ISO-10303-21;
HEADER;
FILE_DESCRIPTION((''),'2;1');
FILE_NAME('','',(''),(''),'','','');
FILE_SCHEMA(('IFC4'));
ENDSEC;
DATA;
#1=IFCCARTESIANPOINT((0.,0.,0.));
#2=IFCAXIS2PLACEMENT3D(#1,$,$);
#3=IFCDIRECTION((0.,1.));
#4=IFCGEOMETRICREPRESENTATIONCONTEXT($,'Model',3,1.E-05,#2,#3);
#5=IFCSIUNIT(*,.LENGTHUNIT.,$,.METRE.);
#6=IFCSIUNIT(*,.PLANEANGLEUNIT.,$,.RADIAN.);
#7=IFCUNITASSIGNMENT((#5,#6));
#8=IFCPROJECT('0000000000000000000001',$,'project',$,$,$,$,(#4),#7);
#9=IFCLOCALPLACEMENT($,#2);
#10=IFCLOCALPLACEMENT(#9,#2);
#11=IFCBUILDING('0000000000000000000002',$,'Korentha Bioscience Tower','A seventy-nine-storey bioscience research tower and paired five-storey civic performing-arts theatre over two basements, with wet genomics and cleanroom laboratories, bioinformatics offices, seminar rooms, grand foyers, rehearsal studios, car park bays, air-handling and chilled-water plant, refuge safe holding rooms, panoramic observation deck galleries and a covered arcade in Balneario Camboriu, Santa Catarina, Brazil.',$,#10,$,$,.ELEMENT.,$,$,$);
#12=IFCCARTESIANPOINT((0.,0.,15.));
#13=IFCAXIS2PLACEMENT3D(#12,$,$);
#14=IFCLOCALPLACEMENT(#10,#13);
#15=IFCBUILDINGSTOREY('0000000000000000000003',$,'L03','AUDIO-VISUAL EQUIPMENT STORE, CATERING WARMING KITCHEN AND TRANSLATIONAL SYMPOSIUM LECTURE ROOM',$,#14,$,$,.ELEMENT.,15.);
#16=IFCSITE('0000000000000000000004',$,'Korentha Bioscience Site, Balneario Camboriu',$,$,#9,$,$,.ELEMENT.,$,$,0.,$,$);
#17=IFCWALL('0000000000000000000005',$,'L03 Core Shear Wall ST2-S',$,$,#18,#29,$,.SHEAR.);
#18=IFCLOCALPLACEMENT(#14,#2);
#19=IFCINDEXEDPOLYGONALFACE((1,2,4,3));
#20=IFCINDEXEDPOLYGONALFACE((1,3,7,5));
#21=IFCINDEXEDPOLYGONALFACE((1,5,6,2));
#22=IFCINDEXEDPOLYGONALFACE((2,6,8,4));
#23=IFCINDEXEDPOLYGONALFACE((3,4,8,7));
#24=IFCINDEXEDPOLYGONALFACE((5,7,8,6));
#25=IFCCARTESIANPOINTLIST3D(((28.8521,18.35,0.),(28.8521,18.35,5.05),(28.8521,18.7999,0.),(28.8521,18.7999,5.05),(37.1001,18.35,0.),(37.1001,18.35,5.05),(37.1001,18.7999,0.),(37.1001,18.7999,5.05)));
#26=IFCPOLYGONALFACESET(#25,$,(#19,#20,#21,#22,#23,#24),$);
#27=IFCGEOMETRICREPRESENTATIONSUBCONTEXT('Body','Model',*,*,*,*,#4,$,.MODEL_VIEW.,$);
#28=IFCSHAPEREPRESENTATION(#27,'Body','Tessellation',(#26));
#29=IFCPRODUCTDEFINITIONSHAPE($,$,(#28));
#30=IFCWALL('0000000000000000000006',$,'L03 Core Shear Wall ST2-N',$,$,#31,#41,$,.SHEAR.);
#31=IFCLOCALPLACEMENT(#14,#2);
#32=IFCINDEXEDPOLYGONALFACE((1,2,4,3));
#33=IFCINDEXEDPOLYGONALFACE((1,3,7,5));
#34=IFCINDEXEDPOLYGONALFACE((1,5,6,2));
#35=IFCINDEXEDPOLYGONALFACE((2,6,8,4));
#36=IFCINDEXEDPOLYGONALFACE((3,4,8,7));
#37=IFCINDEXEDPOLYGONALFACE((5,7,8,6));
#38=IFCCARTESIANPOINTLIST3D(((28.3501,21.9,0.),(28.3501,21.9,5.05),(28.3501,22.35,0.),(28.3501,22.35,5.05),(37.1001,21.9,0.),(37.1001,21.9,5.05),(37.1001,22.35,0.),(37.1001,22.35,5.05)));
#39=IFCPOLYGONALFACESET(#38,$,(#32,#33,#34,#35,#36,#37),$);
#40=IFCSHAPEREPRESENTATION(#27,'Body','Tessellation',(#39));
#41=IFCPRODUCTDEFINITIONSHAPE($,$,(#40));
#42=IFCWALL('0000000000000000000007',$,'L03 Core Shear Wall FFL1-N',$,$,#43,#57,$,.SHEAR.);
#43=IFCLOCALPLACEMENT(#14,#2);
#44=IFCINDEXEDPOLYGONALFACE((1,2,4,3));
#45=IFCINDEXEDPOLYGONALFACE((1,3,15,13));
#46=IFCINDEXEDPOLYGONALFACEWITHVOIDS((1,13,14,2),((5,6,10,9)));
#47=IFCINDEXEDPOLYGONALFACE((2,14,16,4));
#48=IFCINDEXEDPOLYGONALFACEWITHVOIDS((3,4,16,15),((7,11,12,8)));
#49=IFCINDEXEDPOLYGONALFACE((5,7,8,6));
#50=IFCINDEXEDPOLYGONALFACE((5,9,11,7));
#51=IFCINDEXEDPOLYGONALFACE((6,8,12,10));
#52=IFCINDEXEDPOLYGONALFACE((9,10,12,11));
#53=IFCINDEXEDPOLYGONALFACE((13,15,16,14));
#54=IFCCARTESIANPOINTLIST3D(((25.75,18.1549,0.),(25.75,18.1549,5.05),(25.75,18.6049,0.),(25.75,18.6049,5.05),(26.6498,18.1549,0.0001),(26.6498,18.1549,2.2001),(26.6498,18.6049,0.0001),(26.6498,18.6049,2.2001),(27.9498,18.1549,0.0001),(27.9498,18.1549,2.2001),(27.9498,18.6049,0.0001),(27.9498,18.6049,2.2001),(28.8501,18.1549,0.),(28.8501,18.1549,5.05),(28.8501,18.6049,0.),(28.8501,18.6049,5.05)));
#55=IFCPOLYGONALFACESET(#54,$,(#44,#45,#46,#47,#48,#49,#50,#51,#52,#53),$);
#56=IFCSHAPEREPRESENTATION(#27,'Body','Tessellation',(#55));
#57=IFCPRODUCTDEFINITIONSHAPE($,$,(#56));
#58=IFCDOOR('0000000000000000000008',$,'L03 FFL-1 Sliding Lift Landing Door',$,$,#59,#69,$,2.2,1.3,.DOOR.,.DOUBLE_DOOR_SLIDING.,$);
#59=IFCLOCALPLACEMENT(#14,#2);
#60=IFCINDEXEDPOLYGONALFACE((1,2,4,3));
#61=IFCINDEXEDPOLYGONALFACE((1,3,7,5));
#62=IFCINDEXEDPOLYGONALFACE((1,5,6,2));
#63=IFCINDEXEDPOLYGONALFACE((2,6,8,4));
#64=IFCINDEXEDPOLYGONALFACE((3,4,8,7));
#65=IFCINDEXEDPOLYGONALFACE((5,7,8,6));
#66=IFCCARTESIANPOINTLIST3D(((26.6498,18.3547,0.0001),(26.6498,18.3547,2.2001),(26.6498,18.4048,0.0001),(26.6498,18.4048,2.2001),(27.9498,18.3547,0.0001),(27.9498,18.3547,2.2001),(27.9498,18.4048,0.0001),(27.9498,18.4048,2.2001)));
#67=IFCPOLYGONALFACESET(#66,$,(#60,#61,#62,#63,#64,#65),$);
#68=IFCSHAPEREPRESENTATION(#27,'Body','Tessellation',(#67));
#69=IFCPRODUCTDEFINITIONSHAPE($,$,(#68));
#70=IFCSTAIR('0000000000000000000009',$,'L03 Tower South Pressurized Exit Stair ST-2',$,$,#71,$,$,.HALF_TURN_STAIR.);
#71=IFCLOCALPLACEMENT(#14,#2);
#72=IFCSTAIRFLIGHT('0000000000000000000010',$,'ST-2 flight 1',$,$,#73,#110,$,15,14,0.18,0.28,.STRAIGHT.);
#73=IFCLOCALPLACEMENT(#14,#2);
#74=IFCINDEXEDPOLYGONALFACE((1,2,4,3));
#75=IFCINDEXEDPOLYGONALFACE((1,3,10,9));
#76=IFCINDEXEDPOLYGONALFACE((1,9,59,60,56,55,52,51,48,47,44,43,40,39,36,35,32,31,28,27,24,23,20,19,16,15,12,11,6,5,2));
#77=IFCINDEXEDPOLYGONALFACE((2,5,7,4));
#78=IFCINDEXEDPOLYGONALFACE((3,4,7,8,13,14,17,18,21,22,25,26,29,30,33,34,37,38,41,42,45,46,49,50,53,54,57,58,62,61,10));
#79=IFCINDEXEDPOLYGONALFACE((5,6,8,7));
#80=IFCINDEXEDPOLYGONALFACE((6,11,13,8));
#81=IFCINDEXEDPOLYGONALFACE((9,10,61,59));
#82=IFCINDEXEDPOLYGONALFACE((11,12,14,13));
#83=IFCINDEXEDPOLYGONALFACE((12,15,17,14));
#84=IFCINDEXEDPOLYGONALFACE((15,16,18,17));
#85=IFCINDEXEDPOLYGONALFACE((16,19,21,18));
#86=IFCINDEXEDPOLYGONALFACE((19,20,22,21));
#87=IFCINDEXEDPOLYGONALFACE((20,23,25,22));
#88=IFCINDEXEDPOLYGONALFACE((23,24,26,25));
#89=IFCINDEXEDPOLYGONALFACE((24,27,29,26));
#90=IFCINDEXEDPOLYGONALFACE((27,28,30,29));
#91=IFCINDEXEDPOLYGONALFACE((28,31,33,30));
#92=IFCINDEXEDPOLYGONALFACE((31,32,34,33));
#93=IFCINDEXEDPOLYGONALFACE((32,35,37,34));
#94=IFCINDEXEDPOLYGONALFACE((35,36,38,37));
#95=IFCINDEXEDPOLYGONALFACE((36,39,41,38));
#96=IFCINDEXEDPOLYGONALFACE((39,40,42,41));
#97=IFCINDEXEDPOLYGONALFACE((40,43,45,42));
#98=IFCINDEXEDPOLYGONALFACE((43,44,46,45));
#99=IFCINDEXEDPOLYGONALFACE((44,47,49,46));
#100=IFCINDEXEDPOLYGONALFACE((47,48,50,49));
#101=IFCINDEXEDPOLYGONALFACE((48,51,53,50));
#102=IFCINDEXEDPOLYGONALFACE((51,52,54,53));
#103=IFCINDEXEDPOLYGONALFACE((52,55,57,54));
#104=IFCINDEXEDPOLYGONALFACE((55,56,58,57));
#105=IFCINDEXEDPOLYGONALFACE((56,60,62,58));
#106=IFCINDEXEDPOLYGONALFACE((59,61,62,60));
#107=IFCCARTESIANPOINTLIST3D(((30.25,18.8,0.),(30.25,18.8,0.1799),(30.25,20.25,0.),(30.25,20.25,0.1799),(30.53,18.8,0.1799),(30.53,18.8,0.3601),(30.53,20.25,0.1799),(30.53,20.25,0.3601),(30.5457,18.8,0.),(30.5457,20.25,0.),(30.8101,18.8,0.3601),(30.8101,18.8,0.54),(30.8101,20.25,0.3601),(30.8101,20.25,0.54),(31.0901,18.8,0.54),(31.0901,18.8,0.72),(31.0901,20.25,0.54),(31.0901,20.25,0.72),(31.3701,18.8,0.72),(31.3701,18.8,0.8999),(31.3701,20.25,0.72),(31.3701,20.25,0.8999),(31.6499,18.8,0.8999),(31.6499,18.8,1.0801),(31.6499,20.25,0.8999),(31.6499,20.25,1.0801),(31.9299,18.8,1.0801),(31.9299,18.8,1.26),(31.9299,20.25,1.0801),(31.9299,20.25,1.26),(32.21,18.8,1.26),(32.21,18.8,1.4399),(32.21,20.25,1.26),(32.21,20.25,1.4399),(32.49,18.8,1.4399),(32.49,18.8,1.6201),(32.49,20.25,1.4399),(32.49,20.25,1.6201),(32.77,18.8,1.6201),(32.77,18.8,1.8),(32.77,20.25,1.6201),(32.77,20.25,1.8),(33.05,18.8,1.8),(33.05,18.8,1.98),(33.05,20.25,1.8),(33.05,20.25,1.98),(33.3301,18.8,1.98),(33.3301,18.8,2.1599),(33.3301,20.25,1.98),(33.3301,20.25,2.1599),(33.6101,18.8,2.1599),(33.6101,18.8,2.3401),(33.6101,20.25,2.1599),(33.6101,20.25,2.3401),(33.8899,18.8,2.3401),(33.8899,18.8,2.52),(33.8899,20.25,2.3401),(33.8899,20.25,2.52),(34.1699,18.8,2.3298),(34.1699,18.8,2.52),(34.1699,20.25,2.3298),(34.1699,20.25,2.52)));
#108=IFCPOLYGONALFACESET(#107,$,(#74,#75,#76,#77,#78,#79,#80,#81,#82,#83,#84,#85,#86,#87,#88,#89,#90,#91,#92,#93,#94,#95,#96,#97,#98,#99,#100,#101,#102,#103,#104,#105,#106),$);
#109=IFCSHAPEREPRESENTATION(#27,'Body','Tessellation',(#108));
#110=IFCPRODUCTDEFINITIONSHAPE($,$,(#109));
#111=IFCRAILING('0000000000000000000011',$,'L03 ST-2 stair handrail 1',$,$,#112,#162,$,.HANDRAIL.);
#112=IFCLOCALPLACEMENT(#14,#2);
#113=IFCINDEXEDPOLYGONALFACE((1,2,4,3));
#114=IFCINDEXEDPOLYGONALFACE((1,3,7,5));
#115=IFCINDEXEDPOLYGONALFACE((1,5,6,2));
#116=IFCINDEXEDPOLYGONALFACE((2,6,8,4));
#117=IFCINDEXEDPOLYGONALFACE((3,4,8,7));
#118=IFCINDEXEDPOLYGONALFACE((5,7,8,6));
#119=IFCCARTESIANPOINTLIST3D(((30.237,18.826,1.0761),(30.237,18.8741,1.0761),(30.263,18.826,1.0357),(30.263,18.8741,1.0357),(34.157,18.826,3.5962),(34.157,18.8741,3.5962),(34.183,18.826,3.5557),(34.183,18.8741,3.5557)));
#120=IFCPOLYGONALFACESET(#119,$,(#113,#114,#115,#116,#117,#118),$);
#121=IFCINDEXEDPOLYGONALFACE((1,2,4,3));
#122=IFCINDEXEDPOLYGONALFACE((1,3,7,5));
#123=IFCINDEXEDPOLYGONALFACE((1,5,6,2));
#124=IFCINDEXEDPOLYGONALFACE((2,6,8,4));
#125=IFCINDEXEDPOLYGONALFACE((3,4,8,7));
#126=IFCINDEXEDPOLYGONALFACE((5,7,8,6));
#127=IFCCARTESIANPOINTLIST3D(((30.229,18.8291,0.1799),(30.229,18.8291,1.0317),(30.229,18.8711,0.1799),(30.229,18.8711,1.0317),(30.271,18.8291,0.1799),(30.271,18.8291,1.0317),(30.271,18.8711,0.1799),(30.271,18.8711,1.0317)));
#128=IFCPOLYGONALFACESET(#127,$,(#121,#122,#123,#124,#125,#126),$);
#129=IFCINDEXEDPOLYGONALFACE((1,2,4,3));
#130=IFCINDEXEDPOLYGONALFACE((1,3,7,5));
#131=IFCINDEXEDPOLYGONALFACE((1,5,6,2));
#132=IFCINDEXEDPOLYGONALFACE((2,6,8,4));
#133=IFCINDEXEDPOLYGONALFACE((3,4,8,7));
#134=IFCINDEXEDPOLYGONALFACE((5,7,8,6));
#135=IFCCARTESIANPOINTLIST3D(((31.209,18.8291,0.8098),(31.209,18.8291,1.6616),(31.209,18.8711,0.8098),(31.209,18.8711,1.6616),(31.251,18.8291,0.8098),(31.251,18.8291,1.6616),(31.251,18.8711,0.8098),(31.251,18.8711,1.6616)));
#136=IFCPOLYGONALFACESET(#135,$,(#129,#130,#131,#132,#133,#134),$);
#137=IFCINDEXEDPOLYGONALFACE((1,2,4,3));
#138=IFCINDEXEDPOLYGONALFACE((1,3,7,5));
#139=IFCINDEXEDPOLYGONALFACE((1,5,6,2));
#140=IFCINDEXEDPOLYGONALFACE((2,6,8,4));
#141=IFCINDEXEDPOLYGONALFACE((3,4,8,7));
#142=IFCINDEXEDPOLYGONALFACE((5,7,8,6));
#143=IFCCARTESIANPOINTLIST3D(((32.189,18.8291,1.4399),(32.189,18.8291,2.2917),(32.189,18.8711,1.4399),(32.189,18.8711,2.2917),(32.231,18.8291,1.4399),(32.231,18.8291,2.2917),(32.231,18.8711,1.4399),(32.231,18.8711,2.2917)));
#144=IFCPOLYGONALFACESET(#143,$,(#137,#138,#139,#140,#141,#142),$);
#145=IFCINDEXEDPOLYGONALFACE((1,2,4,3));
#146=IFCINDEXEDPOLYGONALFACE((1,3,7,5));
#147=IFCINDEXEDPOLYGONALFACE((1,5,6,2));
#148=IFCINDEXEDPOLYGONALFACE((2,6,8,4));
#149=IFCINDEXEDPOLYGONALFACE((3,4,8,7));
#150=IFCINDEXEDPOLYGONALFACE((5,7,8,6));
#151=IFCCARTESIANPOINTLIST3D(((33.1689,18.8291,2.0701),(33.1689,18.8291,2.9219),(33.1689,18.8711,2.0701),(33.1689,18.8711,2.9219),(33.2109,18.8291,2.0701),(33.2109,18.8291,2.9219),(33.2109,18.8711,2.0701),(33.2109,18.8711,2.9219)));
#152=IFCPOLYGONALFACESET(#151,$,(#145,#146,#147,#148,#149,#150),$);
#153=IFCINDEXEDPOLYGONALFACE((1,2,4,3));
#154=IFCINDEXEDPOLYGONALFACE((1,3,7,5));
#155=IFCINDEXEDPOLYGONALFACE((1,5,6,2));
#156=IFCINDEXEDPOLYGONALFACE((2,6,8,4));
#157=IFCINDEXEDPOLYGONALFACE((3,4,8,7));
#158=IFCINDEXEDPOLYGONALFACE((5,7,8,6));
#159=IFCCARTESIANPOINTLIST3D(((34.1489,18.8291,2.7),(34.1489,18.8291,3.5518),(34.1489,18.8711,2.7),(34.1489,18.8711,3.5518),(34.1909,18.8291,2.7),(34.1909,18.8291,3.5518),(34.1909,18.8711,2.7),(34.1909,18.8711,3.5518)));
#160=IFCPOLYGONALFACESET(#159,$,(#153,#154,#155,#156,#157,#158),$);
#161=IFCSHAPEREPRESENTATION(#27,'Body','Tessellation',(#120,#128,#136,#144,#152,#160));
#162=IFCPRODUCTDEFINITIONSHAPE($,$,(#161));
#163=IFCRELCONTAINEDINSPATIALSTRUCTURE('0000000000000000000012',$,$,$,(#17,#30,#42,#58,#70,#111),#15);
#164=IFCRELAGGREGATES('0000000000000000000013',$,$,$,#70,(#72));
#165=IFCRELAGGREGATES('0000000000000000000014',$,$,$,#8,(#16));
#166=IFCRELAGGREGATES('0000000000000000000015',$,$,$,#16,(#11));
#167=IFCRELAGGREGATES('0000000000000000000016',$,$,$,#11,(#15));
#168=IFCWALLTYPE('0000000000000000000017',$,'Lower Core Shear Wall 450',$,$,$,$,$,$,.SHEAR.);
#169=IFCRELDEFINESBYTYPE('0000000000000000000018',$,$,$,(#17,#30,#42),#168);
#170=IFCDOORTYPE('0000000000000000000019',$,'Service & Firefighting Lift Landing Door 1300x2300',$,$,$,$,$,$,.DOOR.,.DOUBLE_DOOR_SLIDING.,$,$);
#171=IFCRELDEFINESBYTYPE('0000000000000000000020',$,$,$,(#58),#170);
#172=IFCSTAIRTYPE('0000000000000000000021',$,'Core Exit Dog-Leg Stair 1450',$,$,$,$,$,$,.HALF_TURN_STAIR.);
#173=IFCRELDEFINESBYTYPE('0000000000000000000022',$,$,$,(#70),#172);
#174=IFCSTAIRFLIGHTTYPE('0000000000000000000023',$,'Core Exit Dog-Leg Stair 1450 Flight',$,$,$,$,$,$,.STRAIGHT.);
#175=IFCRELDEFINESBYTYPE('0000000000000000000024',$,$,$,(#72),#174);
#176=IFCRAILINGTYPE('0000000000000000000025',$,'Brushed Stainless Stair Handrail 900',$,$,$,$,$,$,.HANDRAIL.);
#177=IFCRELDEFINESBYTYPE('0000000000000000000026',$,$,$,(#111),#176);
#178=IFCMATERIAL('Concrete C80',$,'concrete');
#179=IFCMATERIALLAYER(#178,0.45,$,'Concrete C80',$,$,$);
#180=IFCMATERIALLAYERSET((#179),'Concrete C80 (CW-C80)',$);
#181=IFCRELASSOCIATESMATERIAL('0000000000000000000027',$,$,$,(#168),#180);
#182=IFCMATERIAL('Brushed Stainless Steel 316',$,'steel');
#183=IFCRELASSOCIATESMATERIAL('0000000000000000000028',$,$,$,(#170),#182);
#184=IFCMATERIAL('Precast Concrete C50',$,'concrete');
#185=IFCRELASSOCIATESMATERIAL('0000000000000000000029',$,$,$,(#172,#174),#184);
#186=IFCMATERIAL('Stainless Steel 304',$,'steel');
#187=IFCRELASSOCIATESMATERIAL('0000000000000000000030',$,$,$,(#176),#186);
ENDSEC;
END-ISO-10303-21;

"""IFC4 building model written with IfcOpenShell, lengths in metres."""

from ifc_helpers import new_model, si_unit, direction, frame, frame_2d, origin, origin_2d, place, context, subcontext, project, spatial, polyline, rectangle, outline, extrude, material, layer, layer_set, type_object, element, fill, aggregate, save


model = new_model("IFC4")

# Units and contexts
model_context = context("Model", 3, precision=1e-05, world=origin(), true_north=direction((0.0, 1.0)))
body_context = subcontext(model_context, "Body", "Model", "MODEL_VIEW")
ifc_project = project(units=[si_unit("LENGTHUNIT", "METRE"), si_unit("PLANEANGLEUNIT", "RADIAN")], contexts=[model_context])

# Site, building, storey
site_placement = place(None, origin())
site = spatial("IfcSite", under=ifc_project, at=site_placement, Name="Korentha Bioscience Site, Balneario Camboriu", CompositionType="ELEMENT", RefElevation=0.0)
building_placement = place(site_placement, origin())
building = spatial("IfcBuilding", under=site, at=building_placement, Name="Korentha Bioscience Tower", Description="A seventy-nine-storey bioscience research tower and paired five-storey civic performing-arts theatre over two basements, with wet genomics and cleanroom laboratories, bioinformatics offices, seminar rooms, grand foyers, rehearsal studios, car park bays, air-handling and chilled-water plant, refuge safe holding rooms, panoramic observation deck galleries and a covered arcade in Balneario Camboriu, Santa Catarina, Brazil.", CompositionType="ELEMENT")
storey_placement = place(building_placement, frame((0.0, 0.0, 15.0)))
storey = spatial("IfcBuildingStorey", under=building, at=storey_placement, Name="L03", Description="AUDIO-VISUAL EQUIPMENT STORE, CATERING WARMING KITCHEN AND TRANSLATIONAL SYMPOSIUM LECTURE ROOM", CompositionType="ELEMENT", Elevation=15.0)

# Walls
ifc_material_1 = material(Name="Concrete C80", Category="concrete")
ifc_layer_1 = layer(ifc_material_1, 0.45, Name="Concrete C80")
ifc_layer_set_1 = layer_set([ifc_layer_1], Name="Concrete C80 (CW-C80)")
wall_type_1 = type_object("IfcWallType", Name="Lower Core Shear Wall 450", PredefinedType="SHEAR", material=ifc_layer_set_1)
wall_1_placement = place(storey_placement, frame((28.8521, 18.575, 0.0), z_axis=(0.0, 0.0, 1.0), x_axis=(1.0, 0.0, 0.0)))
element("IfcWall", 1, at=wall_1_placement, inside=storey, type_object=wall_type_1, Name="L03 Core Shear Wall ST2-S", PredefinedType="SHEAR", context=body_context, shape_type="SweptSolid", body=[
    extrude(rectangle(XDim=8.248, YDim=0.45, at=frame_2d((4.124, 0.0))), origin(), (0.0, 0.0, 1.0), 5.05),
])
wall_2_placement = place(storey_placement, frame((28.3501, 22.125, 0.0), z_axis=(0.0, 0.0, 1.0), x_axis=(1.0, 0.0, 0.0)))
element("IfcWall", 2, at=wall_2_placement, inside=storey, type_object=wall_type_1, Name="L03 Core Shear Wall ST2-N", PredefinedType="SHEAR", context=body_context, shape_type="SweptSolid", body=[
    extrude(rectangle(XDim=8.75, YDim=0.45, at=frame_2d((4.375, 0.0))), origin(), (0.0, 0.0, 1.0), 5.05),
])

# Wall, opening, door
wall_3_placement = place(storey_placement, frame((25.75, 18.3799, 0.0), z_axis=(0.0, 0.0, 1.0), x_axis=(1.0, 0.0, 0.0)))
wall_3 = element("IfcWall", 3, at=wall_3_placement, inside=storey, type_object=wall_type_1, Name="L03 Core Shear Wall FFL1-N", PredefinedType="SHEAR", context=body_context, shape_type="SweptSolid", body=[
    extrude(rectangle(XDim=3.1001, YDim=0.45, at=frame_2d((1.55, 0.0))), origin(), (0.0, 0.0, 1.0), 5.05),
])
opening_1_placement = place(wall_3_placement, frame((0.8999, 0.0, 0.0)))
opening_1 = element("IfcOpeningElement", 4, at=opening_1_placement, cuts=wall_3, PredefinedType="OPENING", context=body_context, shape_type="SweptSolid", body=[
    extrude(rectangle(XDim=1.3, YDim=2.2, at=frame_2d((0.6499, 1.1001))), frame((0.0, 0.2397, 0.0), z_axis=(0.0, -1.0, 0.0), x_axis=(1.0, 0.0, 0.0)), (0.0, 0.0, 1.0), 0.4797),
])
ifc_material_2 = material(Name="Brushed Stainless Steel 316", Category="steel")
door_type_1 = type_object("IfcDoorType", Name="Service & Firefighting Lift Landing Door 1300x2300", OperationType="DOUBLE_DOOR_SLIDING", PredefinedType="DOOR", material=ifc_material_2)
door_1_placement = place(opening_1_placement, origin())
door_1 = element("IfcDoor", 5, at=door_1_placement, inside=storey, type_object=door_type_1, Name="L03 FFL-1 Sliding Lift Landing Door", OperationType="DOUBLE_DOOR_SLIDING", OverallHeight=2.2, OverallWidth=1.3, PredefinedType="DOOR", context=body_context, shape_type="SweptSolid", body=[
    extrude(rectangle(XDim=1.3, YDim=2.2, at=frame_2d((0.6499, 1.1001))), frame((0.0, 0.0249, 0.0), z_axis=(0.0, -1.0, 0.0), x_axis=(1.0, 0.0, 0.0)), (0.0, 0.0, 1.0), 0.05),
])
fill(opening_1, door_1)

# Stair, stair flight
ifc_material_3 = material(Name="Precast Concrete C50", Category="concrete")
stair_type = type_object("IfcStairType", Name="Core Exit Dog-Leg Stair 1450", PredefinedType="HALF_TURN_STAIR", material=ifc_material_3)
stair_placement = place(storey_placement, origin())
stair = element("IfcStair", 6, at=stair_placement, inside=storey, type_object=stair_type, Name="L03 Tower South Pressurized Exit Stair ST-2", PredefinedType="HALF_TURN_STAIR")
stair_flight_type = type_object("IfcStairFlightType", Name="Core Exit Dog-Leg Stair 1450 Flight", PredefinedType="STRAIGHT", material=ifc_material_3)
stair_flight_placement = place(storey_placement, frame((30.25, 19.5249, 0.0), z_axis=(0.0, 0.0, 1.0), x_axis=(1.0, 0.0, 0.0)))
stair_flight = element("IfcStairFlight", 7, at=stair_flight_placement, type_object=stair_flight_type, Name="ST-2 flight 1", NumberOfRisers=15, NumberOfTreads=14, PredefinedType="STRAIGHT", RiserHeight=0.18, TreadLength=0.28, context=body_context, shape_type="SweptSolid", body=[
    extrude(outline(polyline([(0.0, 0.0), (0.0, 0.1799), (0.28, 0.1799), (0.28, 0.3601), (0.5601, 0.3601), (0.5601, 0.54), (0.8401, 0.54), (0.8401, 0.72), (1.1201, 0.72), (1.1201, 0.8999), (1.3999, 0.8999), (1.3999, 1.0801), (1.6799, 1.0801), (1.6799, 1.26), (1.96, 1.26), (1.96, 1.4399), (2.24, 1.4399), (2.24, 1.6201), (2.52, 1.6201), (2.52, 1.8), (2.8, 1.8), (2.8, 1.98), (3.0801, 1.98), (3.0801, 2.1599), (3.3601, 2.1599), (3.3601, 2.3401), (3.6399, 2.3401), (3.6399, 2.52), (3.9199, 2.52), (3.9199, 2.7), (3.9199, 2.3298), (0.2957, 0.0), (0.0, 0.0)])), frame((0.0, 0.7251, 0.0), z_axis=(0.0, -1.0, 0.0), x_axis=(1.0, 0.0, 0.0)), (0.0, 0.0, 1.0), 1.45),
])
aggregate(stair, [stair_flight])

# Railing
ifc_material_4 = material(Name="Stainless Steel 304", Category="steel")
railing_type_1 = type_object("IfcRailingType", Name="Brushed Stainless Stair Handrail 900", PredefinedType="HANDRAIL", material=ifc_material_4)
railing_1_placement = place(storey_placement, frame((30.25, 18.8501, 0.1799)))
element("IfcRailing", 8, at=railing_1_placement, inside=storey, type_object=railing_type_1, Name="L03 ST-2 stair handrail 1", PredefinedType="HANDRAIL", context=body_context, shape_type="SweptSolid", body=[
    extrude(rectangle(XDim=0.0481, YDim=0.0481, at=origin_2d()), frame((0.0, 0.0, 0.876), z_axis=(0.841172, 0.0, 0.540768), x_axis=(0.0, 1.0, 0.0)), (0.0, 0.0, 1.0), 4.6602),
    extrude(rectangle(XDim=0.042, YDim=0.042, at=origin_2d()), origin(), (0.0, 0.0, 1.0), 0.8518),
    extrude(rectangle(XDim=0.042, YDim=0.042, at=origin_2d()), frame((0.98, 0.0, 0.6299)), (0.0, 0.0, 1.0), 0.8518),
    extrude(rectangle(XDim=0.042, YDim=0.042, at=origin_2d()), frame((1.96, 0.0, 1.26)), (0.0, 0.0, 1.0), 0.8518),
    extrude(rectangle(XDim=0.042, YDim=0.042, at=origin_2d()), frame((2.9399, 0.0, 1.8901)), (0.0, 0.0, 1.0), 0.8518),
    extrude(rectangle(XDim=0.042, YDim=0.042, at=origin_2d()), frame((3.9199, 0.0, 2.52)), (0.0, 0.0, 1.0), 0.8518),
])

save(model, "model.ifc")
